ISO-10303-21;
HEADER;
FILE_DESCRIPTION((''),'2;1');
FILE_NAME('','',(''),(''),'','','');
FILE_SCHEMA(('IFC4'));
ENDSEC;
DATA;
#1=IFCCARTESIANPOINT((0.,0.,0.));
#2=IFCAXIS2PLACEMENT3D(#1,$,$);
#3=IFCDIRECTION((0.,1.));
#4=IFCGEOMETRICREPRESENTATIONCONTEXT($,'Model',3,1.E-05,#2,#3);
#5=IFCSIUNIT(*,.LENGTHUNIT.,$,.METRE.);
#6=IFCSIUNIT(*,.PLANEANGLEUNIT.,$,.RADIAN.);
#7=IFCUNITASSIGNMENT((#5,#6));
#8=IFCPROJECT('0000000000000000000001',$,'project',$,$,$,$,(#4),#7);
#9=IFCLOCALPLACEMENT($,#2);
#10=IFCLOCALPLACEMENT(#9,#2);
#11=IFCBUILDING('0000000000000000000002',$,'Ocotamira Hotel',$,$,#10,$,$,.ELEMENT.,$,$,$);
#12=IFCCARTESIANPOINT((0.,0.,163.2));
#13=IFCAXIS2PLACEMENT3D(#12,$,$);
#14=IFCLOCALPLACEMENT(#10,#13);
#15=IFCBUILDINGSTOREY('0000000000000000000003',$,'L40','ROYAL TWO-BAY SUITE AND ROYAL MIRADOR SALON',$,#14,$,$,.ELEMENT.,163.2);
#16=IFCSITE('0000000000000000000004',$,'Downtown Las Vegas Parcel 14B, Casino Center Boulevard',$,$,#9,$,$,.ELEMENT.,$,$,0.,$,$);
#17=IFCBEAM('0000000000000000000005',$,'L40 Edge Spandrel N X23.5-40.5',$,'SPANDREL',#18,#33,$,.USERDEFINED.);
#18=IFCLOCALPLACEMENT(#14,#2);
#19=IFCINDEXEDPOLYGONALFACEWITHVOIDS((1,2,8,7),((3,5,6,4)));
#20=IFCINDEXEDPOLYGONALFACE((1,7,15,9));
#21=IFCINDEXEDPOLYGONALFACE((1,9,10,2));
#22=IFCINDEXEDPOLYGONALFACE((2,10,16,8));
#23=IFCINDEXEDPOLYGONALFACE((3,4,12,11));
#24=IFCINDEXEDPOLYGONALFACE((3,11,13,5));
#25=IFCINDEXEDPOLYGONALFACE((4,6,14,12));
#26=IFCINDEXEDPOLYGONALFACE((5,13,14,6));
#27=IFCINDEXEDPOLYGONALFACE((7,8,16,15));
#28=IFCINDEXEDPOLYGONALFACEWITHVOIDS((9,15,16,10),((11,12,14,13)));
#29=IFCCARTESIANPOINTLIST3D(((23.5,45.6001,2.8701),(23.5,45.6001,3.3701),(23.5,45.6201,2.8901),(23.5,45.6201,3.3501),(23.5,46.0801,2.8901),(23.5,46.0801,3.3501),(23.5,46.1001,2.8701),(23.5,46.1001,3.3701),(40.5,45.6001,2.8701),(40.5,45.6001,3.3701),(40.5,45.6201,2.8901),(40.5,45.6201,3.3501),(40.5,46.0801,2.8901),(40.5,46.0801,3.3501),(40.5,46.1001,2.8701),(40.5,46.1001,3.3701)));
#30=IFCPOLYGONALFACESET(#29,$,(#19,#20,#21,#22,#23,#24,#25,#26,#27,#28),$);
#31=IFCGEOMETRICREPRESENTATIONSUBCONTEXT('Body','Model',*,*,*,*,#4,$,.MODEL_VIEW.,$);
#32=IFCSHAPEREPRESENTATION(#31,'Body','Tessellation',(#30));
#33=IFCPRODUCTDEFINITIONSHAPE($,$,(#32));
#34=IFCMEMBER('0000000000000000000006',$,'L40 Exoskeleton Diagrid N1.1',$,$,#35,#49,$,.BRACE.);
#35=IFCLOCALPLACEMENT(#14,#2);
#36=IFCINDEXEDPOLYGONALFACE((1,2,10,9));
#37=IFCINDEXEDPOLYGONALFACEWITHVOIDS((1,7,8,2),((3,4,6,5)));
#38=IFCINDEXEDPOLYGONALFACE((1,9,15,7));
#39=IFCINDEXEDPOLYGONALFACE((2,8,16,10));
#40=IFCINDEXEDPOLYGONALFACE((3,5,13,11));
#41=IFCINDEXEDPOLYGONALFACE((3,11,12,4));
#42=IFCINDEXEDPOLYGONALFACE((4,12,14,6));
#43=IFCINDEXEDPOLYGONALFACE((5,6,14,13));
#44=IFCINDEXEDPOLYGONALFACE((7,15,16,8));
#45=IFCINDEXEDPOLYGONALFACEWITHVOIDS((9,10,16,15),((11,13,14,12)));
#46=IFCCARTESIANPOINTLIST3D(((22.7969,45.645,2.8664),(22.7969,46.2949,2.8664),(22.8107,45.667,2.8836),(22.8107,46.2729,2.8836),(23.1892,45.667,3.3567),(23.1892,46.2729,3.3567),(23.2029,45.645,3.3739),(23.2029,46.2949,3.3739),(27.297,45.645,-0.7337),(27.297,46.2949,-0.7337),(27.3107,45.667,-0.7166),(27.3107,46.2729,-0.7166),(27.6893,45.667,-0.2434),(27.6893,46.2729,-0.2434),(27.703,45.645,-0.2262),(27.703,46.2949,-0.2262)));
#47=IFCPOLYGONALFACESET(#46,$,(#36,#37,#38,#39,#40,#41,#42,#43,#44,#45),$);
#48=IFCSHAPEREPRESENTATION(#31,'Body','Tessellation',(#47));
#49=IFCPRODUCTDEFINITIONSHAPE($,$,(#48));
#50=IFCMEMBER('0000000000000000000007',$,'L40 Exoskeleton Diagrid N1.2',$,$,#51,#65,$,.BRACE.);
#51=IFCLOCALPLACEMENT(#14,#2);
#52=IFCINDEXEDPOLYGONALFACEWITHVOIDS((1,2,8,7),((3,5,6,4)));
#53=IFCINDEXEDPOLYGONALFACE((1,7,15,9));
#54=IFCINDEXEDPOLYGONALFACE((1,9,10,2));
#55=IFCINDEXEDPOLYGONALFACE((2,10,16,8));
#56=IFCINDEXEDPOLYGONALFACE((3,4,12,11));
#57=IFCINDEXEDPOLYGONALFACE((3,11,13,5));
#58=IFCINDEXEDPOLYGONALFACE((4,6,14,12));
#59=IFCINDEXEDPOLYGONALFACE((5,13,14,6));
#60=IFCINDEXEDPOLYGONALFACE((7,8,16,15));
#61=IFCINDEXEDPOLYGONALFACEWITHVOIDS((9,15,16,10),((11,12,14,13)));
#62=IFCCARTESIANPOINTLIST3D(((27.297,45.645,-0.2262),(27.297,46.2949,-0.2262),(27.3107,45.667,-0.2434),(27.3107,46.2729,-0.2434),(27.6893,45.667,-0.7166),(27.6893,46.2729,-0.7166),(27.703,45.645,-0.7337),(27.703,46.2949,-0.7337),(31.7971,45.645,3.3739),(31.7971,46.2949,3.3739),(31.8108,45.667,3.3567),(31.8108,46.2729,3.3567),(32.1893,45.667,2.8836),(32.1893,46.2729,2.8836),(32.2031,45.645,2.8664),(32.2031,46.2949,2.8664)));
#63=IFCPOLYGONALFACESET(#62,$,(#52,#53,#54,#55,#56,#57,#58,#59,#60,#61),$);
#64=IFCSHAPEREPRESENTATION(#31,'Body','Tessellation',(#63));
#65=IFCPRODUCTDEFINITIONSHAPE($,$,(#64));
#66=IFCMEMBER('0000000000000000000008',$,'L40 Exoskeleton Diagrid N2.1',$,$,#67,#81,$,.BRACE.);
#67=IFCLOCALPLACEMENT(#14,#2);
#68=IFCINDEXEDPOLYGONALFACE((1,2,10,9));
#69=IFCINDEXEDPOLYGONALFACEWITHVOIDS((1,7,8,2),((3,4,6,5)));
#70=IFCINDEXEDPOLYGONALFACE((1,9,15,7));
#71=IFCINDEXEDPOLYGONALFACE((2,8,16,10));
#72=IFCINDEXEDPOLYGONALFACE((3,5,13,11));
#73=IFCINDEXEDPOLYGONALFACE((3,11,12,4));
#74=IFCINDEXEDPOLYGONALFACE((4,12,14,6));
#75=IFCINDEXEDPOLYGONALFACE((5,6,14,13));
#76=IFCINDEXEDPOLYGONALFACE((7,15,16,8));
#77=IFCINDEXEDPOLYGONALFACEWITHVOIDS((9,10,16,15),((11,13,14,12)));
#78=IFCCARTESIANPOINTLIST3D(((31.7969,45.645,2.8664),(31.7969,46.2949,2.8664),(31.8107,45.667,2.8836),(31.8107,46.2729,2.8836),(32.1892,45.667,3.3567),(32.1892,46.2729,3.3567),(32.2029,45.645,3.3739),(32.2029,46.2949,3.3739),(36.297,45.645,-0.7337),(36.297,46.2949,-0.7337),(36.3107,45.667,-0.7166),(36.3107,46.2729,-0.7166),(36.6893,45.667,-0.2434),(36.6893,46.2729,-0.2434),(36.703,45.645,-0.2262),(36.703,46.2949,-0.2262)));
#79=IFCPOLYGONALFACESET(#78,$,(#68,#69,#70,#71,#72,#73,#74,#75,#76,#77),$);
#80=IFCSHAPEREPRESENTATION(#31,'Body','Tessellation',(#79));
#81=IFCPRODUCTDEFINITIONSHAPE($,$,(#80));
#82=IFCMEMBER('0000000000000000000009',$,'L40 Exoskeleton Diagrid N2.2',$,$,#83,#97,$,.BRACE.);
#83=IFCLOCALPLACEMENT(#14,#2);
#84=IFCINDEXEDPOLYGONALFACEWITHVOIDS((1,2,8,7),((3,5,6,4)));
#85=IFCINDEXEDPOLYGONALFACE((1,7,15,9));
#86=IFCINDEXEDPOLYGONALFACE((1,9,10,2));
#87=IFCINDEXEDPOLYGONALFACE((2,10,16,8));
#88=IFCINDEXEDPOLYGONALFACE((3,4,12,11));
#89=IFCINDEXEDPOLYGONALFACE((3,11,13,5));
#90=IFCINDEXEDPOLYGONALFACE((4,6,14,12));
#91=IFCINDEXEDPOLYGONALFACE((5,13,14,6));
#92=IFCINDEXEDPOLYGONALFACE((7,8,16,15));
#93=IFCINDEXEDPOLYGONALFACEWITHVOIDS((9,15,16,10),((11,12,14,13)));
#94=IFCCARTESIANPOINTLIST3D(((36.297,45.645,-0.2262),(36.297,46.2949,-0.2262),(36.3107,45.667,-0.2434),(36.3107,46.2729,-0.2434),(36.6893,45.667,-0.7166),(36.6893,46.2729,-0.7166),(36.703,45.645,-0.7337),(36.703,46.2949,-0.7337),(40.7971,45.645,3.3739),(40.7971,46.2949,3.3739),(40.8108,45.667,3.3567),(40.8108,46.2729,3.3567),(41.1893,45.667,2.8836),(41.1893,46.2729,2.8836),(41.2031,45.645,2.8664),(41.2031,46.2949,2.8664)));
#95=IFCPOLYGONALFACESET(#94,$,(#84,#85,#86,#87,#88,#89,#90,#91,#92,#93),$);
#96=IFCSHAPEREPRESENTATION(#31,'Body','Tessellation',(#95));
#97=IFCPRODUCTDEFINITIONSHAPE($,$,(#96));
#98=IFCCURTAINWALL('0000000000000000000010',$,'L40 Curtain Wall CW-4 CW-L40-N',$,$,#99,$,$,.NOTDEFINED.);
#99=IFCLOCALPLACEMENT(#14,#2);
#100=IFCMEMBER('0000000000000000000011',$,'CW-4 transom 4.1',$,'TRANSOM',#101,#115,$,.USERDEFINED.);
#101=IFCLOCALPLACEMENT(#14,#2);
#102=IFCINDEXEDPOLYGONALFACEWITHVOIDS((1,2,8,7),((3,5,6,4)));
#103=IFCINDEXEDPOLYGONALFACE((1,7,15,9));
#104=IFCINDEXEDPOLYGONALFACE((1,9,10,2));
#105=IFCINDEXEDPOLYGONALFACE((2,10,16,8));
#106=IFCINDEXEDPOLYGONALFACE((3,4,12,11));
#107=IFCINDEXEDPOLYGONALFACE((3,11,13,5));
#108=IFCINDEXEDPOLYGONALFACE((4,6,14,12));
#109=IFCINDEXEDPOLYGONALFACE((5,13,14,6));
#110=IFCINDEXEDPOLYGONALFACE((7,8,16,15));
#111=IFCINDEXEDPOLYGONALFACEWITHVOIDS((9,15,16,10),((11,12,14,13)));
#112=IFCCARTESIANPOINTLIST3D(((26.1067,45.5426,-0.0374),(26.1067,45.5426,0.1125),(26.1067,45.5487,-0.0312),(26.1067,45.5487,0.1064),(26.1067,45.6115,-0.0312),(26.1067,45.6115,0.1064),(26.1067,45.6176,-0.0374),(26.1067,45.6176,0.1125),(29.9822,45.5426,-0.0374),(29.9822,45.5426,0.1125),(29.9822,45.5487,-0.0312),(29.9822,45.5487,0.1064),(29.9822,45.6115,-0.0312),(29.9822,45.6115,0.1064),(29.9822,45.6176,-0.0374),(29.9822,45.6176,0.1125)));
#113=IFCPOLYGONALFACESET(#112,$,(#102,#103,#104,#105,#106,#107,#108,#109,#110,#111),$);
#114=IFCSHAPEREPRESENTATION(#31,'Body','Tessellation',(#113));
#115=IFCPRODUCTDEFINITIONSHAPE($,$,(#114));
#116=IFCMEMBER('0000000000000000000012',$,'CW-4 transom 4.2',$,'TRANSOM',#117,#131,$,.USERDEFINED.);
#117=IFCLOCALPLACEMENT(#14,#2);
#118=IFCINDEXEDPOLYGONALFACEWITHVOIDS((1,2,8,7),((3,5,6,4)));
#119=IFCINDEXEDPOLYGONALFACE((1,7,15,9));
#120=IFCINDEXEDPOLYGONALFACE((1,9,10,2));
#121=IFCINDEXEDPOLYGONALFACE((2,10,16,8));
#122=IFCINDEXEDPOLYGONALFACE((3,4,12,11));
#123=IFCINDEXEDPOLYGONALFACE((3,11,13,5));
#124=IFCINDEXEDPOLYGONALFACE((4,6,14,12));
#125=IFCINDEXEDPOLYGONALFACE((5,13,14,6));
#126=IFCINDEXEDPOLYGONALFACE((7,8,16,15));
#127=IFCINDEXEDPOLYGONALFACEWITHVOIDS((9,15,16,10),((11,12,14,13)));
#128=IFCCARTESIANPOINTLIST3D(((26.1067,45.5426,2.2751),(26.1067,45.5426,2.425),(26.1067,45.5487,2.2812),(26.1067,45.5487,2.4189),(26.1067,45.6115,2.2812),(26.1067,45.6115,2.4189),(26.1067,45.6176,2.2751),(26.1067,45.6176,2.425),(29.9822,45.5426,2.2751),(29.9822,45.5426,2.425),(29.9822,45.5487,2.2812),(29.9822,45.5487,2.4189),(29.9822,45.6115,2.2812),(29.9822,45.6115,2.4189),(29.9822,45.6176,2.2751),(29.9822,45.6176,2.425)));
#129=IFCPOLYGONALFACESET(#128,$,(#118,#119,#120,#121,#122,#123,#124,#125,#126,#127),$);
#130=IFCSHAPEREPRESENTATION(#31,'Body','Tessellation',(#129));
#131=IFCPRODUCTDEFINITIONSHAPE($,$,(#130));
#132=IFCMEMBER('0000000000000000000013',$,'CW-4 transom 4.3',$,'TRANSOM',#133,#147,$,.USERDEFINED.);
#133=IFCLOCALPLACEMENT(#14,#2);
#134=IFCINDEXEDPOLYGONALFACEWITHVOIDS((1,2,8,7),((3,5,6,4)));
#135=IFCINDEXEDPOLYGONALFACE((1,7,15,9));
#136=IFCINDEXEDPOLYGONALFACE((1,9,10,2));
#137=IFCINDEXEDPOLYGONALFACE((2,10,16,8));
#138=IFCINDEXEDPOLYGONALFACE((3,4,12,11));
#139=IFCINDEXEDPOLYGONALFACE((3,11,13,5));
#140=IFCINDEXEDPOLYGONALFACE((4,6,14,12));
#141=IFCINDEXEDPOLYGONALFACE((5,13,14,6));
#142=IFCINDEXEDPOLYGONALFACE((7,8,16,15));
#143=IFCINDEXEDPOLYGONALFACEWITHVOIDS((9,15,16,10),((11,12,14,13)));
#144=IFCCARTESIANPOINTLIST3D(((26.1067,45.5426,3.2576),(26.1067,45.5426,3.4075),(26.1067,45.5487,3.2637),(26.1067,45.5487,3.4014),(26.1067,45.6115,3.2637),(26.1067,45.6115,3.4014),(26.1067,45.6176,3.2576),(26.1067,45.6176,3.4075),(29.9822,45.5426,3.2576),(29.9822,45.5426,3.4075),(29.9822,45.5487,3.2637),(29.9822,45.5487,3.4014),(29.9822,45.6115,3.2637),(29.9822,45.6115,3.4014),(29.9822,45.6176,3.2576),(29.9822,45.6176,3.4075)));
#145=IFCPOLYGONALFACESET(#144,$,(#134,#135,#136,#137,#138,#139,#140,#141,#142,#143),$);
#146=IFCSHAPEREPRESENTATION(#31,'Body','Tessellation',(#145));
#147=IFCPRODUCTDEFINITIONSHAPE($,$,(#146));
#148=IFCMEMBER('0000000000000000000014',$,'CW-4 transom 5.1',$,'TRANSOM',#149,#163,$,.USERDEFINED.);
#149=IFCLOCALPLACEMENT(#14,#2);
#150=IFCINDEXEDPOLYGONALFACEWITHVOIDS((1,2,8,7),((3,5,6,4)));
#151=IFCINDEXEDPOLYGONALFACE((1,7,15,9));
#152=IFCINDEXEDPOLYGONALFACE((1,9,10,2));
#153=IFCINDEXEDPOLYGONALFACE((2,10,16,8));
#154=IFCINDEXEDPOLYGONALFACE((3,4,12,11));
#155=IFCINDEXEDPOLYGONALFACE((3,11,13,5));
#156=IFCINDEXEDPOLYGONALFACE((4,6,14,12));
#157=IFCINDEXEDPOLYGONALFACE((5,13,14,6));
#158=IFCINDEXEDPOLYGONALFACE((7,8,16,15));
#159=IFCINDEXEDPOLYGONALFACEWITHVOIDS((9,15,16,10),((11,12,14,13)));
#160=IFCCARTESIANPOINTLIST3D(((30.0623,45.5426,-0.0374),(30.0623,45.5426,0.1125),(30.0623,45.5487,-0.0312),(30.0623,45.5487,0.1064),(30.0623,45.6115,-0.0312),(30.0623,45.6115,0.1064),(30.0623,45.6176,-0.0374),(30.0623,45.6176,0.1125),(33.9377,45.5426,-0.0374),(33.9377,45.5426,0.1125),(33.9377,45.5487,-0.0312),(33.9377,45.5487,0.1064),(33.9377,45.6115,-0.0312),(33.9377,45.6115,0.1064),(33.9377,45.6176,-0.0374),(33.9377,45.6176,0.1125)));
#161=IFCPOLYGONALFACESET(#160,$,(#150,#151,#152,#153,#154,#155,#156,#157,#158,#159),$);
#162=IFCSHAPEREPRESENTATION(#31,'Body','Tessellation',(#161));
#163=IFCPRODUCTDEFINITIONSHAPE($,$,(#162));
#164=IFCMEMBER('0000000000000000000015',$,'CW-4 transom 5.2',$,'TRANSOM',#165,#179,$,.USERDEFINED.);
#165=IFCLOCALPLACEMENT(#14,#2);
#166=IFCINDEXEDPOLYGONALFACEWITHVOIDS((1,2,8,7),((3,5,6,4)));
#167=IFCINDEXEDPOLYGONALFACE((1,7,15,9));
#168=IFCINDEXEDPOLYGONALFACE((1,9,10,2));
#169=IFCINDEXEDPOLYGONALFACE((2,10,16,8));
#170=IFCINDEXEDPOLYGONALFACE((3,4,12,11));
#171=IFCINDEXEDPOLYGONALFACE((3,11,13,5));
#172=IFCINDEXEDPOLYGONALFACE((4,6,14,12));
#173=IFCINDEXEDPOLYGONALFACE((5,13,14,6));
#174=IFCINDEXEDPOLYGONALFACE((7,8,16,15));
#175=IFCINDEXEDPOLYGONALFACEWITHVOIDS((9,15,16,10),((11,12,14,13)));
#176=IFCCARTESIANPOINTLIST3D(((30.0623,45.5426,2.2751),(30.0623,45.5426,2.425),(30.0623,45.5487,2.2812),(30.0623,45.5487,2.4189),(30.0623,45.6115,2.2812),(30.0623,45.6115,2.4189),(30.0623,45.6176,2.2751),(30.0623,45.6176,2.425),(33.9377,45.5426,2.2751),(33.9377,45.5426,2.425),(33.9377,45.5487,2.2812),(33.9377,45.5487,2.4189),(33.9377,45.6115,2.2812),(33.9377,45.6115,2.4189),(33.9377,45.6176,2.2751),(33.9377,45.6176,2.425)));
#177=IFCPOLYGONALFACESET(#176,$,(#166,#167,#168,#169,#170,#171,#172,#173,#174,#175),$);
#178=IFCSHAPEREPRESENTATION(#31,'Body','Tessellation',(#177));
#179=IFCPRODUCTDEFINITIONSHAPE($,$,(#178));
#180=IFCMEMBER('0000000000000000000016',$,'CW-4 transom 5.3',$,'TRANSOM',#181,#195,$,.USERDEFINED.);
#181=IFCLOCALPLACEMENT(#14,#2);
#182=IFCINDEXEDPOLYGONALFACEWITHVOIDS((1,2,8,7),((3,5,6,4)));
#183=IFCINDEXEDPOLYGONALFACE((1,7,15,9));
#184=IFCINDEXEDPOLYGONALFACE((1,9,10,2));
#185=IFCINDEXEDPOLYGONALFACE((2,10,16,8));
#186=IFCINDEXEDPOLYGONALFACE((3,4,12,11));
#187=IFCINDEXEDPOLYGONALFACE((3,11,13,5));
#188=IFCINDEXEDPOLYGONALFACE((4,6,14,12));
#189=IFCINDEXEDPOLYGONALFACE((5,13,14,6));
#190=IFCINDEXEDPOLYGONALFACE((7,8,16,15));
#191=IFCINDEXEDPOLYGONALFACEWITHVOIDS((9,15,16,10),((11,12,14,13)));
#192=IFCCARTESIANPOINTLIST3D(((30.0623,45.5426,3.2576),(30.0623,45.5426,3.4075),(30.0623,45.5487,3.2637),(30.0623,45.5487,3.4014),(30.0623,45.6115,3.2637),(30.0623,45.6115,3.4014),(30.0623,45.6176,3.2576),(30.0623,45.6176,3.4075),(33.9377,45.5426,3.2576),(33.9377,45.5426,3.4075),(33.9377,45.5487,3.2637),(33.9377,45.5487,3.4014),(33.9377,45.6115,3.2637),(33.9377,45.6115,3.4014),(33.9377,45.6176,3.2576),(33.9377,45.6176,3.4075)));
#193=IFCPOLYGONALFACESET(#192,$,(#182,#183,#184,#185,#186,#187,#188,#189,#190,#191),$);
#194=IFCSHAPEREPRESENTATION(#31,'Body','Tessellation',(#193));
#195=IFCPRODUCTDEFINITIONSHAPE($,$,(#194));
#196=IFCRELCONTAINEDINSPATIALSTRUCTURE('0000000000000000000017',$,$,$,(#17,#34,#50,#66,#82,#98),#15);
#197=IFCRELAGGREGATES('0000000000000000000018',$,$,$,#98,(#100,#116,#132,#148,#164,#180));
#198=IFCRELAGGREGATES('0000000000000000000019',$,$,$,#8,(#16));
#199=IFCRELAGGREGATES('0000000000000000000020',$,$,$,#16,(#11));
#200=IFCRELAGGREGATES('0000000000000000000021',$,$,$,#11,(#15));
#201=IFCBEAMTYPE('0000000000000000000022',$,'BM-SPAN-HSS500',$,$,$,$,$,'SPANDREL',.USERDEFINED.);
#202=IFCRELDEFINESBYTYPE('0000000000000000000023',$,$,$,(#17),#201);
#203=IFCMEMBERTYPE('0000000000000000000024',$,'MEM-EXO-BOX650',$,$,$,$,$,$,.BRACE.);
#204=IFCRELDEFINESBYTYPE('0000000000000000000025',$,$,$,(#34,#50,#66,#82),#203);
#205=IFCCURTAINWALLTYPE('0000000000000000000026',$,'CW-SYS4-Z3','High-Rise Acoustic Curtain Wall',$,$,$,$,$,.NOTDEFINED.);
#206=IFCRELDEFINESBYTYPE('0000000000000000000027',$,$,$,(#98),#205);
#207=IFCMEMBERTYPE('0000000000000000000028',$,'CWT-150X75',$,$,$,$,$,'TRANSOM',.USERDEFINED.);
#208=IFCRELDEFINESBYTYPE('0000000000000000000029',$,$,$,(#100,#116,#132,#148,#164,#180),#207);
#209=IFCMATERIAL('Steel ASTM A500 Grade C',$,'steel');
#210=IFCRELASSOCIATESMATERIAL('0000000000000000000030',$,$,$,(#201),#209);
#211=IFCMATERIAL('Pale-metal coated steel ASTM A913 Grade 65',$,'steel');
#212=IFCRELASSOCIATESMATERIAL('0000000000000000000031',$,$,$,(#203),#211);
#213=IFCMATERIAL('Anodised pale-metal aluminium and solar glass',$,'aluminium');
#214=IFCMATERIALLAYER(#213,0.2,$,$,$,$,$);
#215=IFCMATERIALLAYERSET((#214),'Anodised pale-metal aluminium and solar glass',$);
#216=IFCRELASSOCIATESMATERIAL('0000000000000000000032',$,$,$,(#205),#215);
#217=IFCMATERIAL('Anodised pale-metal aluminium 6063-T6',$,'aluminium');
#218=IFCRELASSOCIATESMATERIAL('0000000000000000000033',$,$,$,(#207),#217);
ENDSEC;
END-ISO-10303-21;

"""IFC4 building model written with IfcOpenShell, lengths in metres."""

from ifc_helpers import new_model, si_unit, direction, frame, origin, origin_2d, place, context, subcontext, project, spatial, hollow_rectangle, extrude, source, transform, mapped, material, layer, layer_set, material_profile, profile_set, type_object, element, aggregate, save


model = new_model("IFC4")

# Units and contexts
model_context = context("Model", 3, precision=1e-05, world=origin(), true_north=direction((0.0, 1.0)))
body_context = subcontext(model_context, "Body", "Model", "MODEL_VIEW")
ifc_project = project(units=[si_unit("LENGTHUNIT", "METRE"), si_unit("PLANEANGLEUNIT", "RADIAN")], contexts=[model_context])

# Site, building, storey
site_placement = place(None, origin())
site = spatial("IfcSite", under=ifc_project, at=site_placement, Name="Downtown Las Vegas Parcel 14B, Casino Center Boulevard", CompositionType="ELEMENT", RefElevation=0.0)
building_placement = place(site_placement, origin())
building = spatial("IfcBuilding", under=site, at=building_placement, Name="Ocotamira Hotel", CompositionType="ELEMENT")
storey_placement = place(building_placement, frame((0.0, 0.0, 163.2)))
storey = spatial("IfcBuildingStorey", under=building, at=storey_placement, Name="L40", Description="ROYAL TWO-BAY SUITE AND ROYAL MIRADOR SALON", CompositionType="ELEMENT", Elevation=163.2)

# Beam
ifc_material_1 = material(Name="Steel ASTM A500 Grade C", Category="steel")
ifc_material_profile_1 = material_profile(ifc_material_1, hollow_rectangle(XDim=0.5, YDim=0.5, WallThickness=0.02, at=origin_2d()), Name="HSS500X500X20")
ifc_profile_set_1 = profile_set([ifc_material_profile_1], Name="Steel ASTM A500 Grade C")
beam_type = type_object("IfcBeamType", Name="BM-SPAN-HSS500", ElementType="SPANDREL", PredefinedType="USERDEFINED", material=ifc_profile_set_1)
shared_shape_1 = source(origin(), body_context, "Body", "SweptSolid", [
    extrude(hollow_rectangle(XDim=0.5, YDim=0.5, WallThickness=0.02, at=origin_2d()), origin(), (0.0, 0.0, 1.0), 17.0),
])
beam_placement = place(storey_placement, frame((23.5, 45.8501, 3.1201), z_axis=(1.0, 0.0, 0.0), x_axis=(0.0, 1.0, 0.0)))
element("IfcBeam", 1, at=beam_placement, inside=storey, type_object=beam_type, Name="L40 Edge Spandrel N X23.5-40.5", ObjectType="SPANDREL", PredefinedType="USERDEFINED", context=body_context, shape_type="MappedRepresentation", body=[
    mapped(shared_shape_1, transform((0.0, 0.0, 0.0), scale=1.0)),
])

# Members
ifc_material_2 = material(Name="Pale-metal coated steel ASTM A913 Grade 65", Category="steel")
ifc_material_profile_2 = material_profile(ifc_material_2, hollow_rectangle(XDim=0.6499, YDim=0.6499, WallThickness=0.022, at=origin_2d()), Name="BOX650X650X22")
ifc_profile_set_2 = profile_set([ifc_material_profile_2], Name="Pale-metal coated steel ASTM A913 Grade 65")
member_type_1 = type_object("IfcMemberType", Name="MEM-EXO-BOX650", PredefinedType="BRACE", material=ifc_profile_set_2)
shared_shape_2 = source(origin(), body_context, "Body", "SweptSolid", [
    extrude(hollow_rectangle(XDim=0.6499, YDim=0.6499, WallThickness=0.022, at=origin_2d()), origin(), (0.0, 0.0, 1.0), 5.7629),
])
for number, where, z_axis, x_axis, name in (
    (2, (27.5, 45.97, -0.48), (-0.780861, 0.0, 0.624705), (0.0, -1.0, 0.0), "L40 Exoskeleton Diagrid N1.1"),
    (3, (27.5, 45.97, -0.48), (0.780861, 0.0, 0.624705), (0.0, 1.0, 0.0), "L40 Exoskeleton Diagrid N1.2"),
    (4, (36.5, 45.97, -0.48), (-0.780861, 0.0, 0.624705), (0.0, -1.0, 0.0), "L40 Exoskeleton Diagrid N2.1"),
    (5, (36.5, 45.97, -0.48), (0.780861, 0.0, 0.624705), (0.0, 1.0, 0.0), "L40 Exoskeleton Diagrid N2.2"),
):
    element("IfcMember", number, at=place(storey_placement, frame(where, z_axis=z_axis, x_axis=x_axis)), inside=storey, type_object=member_type_1, Name=name, PredefinedType="BRACE", context=body_context, shape_type="MappedRepresentation", body=[
        mapped(shared_shape_2, transform((0.0, 0.0, 0.0), scale=1.0)),
    ])

# Curtain wall, members
ifc_material_3 = material(Name="Anodised pale-metal aluminium and solar glass", Category="aluminium")
ifc_layer_1 = layer(ifc_material_3, 0.2)
ifc_layer_set_1 = layer_set([ifc_layer_1], Name="Anodised pale-metal aluminium and solar glass")
curtain_wall_type = type_object("IfcCurtainWallType", Name="CW-SYS4-Z3", Description="High-Rise Acoustic Curtain Wall", PredefinedType="NOTDEFINED", material=ifc_layer_set_1)
curtain_wall_placement = place(storey_placement, origin())
curtain_wall = element("IfcCurtainWall", 6, at=curtain_wall_placement, inside=storey, type_object=curtain_wall_type, Name="L40 Curtain Wall CW-4 CW-L40-N", PredefinedType="NOTDEFINED")
ifc_material_4 = material(Name="Anodised pale-metal aluminium 6063-T6", Category="aluminium")
ifc_material_profile_3 = material_profile(ifc_material_4, hollow_rectangle(XDim=0.075, YDim=0.1499, WallThickness=0.0061, at=origin_2d()), Name="HSS150X75X6")
ifc_profile_set_3 = profile_set([ifc_material_profile_3], Name="Anodised pale-metal aluminium 6063-T6")
member_type_2 = type_object("IfcMemberType", Name="CWT-150X75", ElementType="TRANSOM", PredefinedType="USERDEFINED", material=ifc_profile_set_3)
shared_shape_3 = source(origin(), body_context, "Body", "SweptSolid", [
    extrude(hollow_rectangle(XDim=0.075, YDim=0.1499, WallThickness=0.0061, at=origin_2d()), origin(), (0.0, 0.0, 1.0), 3.8755),
])
member_1_placement = place(storey_placement, frame((26.1067, 45.5801, 0.0376), z_axis=(1.0, 0.0, 0.0), x_axis=(0.0, 1.0, 0.0)))
member_1 = element("IfcMember", 7, at=member_1_placement, type_object=member_type_2, Name="CW-4 transom 4.1", ObjectType="TRANSOM", PredefinedType="USERDEFINED", context=body_context, shape_type="MappedRepresentation", body=[
    mapped(shared_shape_3, transform((0.0, 0.0, 0.0), scale=1.0)),
])
member_2_placement = place(storey_placement, frame((26.1067, 45.5801, 2.3501), z_axis=(1.0, 0.0, 0.0), x_axis=(0.0, 1.0, 0.0)))
member_2 = element("IfcMember", 8, at=member_2_placement, type_object=member_type_2, Name="CW-4 transom 4.2", ObjectType="TRANSOM", PredefinedType="USERDEFINED", context=body_context, shape_type="MappedRepresentation", body=[
    mapped(shared_shape_3, transform((0.0, 0.0, 0.0), scale=1.0)),
])
member_3_placement = place(storey_placement, frame((26.1067, 45.5801, 3.3325), z_axis=(1.0, 0.0, 0.0), x_axis=(0.0, 1.0, 0.0)))
member_3 = element("IfcMember", 9, at=member_3_placement, type_object=member_type_2, Name="CW-4 transom 4.3", ObjectType="TRANSOM", PredefinedType="USERDEFINED", context=body_context, shape_type="MappedRepresentation", body=[
    mapped(shared_shape_3, transform((0.0, 0.0, 0.0), scale=1.0)),
])
member_4_placement = place(storey_placement, frame((30.0623, 45.5801, 0.0376), z_axis=(1.0, 0.0, 0.0), x_axis=(0.0, 1.0, 0.0)))
member_4 = element("IfcMember", 10, at=member_4_placement, type_object=member_type_2, Name="CW-4 transom 5.1", ObjectType="TRANSOM", PredefinedType="USERDEFINED", context=body_context, shape_type="MappedRepresentation", body=[
    mapped(shared_shape_3, transform((0.0, 0.0, 0.0), scale=1.0)),
])
member_5_placement = place(storey_placement, frame((30.0623, 45.5801, 2.3501), z_axis=(1.0, 0.0, 0.0), x_axis=(0.0, 1.0, 0.0)))
member_5 = element("IfcMember", 11, at=member_5_placement, type_object=member_type_2, Name="CW-4 transom 5.2", ObjectType="TRANSOM", PredefinedType="USERDEFINED", context=body_context, shape_type="MappedRepresentation", body=[
    mapped(shared_shape_3, transform((0.0, 0.0, 0.0), scale=1.0)),
])
member_6_placement = place(storey_placement, frame((30.0623, 45.5801, 3.3325), z_axis=(1.0, 0.0, 0.0), x_axis=(0.0, 1.0, 0.0)))
member_6 = element("IfcMember", 12, at=member_6_placement, type_object=member_type_2, Name="CW-4 transom 5.3", ObjectType="TRANSOM", PredefinedType="USERDEFINED", context=body_context, shape_type="MappedRepresentation", body=[
    mapped(shared_shape_3, transform((0.0, 0.0, 0.0), scale=1.0)),
])

aggregate(curtain_wall, [member_1, member_2, member_3, member_4, member_5, member_6])

save(model, "model.ifc")
